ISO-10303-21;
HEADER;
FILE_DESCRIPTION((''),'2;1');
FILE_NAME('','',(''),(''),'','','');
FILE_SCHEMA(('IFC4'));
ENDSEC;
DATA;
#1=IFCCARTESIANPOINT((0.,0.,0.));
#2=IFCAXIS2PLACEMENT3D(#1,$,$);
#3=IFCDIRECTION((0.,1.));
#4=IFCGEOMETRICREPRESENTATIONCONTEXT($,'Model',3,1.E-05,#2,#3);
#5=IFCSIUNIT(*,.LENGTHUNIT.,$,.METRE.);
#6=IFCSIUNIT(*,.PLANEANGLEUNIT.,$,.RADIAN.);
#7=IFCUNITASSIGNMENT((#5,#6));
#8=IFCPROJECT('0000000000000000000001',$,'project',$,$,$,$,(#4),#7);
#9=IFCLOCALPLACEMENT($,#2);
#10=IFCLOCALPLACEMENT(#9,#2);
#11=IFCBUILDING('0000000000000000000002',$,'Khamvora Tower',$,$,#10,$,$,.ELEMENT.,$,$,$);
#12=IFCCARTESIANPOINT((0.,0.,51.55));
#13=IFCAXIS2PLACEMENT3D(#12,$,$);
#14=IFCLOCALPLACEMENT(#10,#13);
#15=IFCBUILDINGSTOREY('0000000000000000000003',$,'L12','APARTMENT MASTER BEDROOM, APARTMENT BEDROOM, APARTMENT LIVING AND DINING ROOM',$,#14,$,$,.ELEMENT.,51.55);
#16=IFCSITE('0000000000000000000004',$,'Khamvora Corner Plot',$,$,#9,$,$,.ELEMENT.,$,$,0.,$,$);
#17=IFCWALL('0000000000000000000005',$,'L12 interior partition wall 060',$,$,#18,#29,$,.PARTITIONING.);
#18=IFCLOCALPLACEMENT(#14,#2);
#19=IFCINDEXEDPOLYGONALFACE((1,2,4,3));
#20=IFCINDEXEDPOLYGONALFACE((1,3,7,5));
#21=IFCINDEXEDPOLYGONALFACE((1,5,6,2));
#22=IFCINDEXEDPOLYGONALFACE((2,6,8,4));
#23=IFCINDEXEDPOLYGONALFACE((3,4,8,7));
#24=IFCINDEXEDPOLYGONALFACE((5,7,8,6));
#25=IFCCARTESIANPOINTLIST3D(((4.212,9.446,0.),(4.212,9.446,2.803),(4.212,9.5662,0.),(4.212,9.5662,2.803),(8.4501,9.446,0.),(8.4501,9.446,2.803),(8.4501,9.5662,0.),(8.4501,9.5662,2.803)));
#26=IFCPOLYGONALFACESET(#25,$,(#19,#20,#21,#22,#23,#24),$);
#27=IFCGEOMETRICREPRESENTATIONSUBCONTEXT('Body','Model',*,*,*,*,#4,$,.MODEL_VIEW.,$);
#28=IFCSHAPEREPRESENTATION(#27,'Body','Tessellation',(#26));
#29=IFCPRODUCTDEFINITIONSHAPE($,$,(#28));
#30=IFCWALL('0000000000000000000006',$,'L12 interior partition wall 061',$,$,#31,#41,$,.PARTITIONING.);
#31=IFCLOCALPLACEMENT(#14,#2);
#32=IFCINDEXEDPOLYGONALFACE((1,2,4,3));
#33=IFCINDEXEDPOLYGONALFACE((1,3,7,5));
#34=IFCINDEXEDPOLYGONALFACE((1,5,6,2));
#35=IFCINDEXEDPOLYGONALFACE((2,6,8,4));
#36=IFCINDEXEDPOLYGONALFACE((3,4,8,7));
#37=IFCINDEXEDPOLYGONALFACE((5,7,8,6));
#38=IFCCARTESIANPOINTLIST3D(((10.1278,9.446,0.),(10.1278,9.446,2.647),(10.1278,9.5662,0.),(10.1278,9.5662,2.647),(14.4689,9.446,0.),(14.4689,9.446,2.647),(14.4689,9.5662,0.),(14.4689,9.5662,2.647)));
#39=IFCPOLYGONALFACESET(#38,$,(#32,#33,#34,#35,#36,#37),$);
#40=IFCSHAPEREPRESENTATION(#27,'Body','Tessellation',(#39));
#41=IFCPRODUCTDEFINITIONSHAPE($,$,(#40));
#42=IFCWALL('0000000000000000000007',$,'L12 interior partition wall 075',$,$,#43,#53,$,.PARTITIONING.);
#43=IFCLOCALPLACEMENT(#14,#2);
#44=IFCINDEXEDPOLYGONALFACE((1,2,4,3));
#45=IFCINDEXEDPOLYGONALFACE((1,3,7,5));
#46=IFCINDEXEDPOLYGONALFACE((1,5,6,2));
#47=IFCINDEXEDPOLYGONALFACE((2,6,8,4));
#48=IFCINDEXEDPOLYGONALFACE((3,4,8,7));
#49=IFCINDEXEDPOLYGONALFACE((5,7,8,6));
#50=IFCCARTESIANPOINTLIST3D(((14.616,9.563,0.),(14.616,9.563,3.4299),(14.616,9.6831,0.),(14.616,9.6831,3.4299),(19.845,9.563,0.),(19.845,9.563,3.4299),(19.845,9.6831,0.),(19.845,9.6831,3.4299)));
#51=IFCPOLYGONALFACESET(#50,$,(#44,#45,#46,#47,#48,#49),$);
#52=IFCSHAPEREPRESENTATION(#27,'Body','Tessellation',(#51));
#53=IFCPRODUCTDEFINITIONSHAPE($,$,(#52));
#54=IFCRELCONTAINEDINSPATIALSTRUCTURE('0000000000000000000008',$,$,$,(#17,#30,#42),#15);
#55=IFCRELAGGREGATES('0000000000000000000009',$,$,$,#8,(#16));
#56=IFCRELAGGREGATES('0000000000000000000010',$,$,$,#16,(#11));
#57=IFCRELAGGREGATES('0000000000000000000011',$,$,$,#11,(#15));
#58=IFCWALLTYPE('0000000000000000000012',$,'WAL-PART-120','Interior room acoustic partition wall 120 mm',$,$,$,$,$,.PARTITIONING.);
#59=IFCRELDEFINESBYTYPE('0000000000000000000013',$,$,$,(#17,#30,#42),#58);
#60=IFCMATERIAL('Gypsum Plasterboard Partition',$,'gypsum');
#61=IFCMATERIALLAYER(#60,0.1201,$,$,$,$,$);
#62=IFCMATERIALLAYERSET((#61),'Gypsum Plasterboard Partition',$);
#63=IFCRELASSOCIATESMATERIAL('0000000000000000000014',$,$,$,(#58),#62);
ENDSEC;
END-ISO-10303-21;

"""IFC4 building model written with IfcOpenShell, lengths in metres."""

from ifc_helpers import new_model, si_unit, direction, frame, frame_2d, origin, place, context, subcontext, project, spatial, rectangle, extrude, material, layer, layer_set, type_object, element, save


model = new_model("IFC4")

# Units and contexts
model_context = context("Model", 3, precision=1e-05, world=origin(), true_north=direction((0.0, 1.0)))
body_context = subcontext(model_context, "Body", "Model", "MODEL_VIEW")
ifc_project = project(units=[si_unit("LENGTHUNIT", "METRE"), si_unit("PLANEANGLEUNIT", "RADIAN")], contexts=[model_context])

# Site, building, storey
site_placement = place(None, origin())
site = spatial("IfcSite", under=ifc_project, at=site_placement, Name="Khamvora Corner Plot", CompositionType="ELEMENT", RefElevation=0.0)
building_placement = place(site_placement, origin())
building = spatial("IfcBuilding", under=site, at=building_placement, Name="Khamvora Tower", CompositionType="ELEMENT")
storey_placement = place(building_placement, frame((0.0, 0.0, 51.55)))
storey = spatial("IfcBuildingStorey", under=building, at=storey_placement, Name="L12", Description="APARTMENT MASTER BEDROOM, APARTMENT BEDROOM, APARTMENT LIVING AND DINING ROOM", CompositionType="ELEMENT", Elevation=51.55)

# Shared definitions
ifc_material_1 = material(Name="Gypsum Plasterboard Partition", Category="gypsum")
ifc_layer_1 = layer(ifc_material_1, 0.1201)
ifc_layer_set_1 = layer_set([ifc_layer_1], Name="Gypsum Plasterboard Partition")
wall_type_1 = type_object("IfcWallType", Name="WAL-PART-120", Description="Interior room acoustic partition wall 120 mm", PredefinedType="PARTITIONING", material=ifc_layer_set_1)

# Walls
wall_1_placement = place(storey_placement, frame((4.2119, 9.5061, 0.0), z_axis=(0.0, 0.0, 1.0), x_axis=(1.0, 0.0, 0.0)))
element("IfcWall", 1, at=wall_1_placement, inside=storey, type_object=wall_type_1, Name="L12 interior partition wall 060", PredefinedType="PARTITIONING", context=body_context, shape_type="SweptSolid", body=[
    extrude(rectangle(XDim=4.238, YDim=0.1201, at=frame_2d((2.1191, 0.0))), origin(), (0.0, 0.0, 1.0), 2.803),
])
wall_2_placement = place(storey_placement, frame((10.1279, 9.5061, 0.0), z_axis=(0.0, 0.0, 1.0), x_axis=(1.0, 0.0, 0.0)))
element("IfcWall", 2, at=wall_2_placement, inside=storey, type_object=wall_type_1, Name="L12 interior partition wall 061", PredefinedType="PARTITIONING", context=body_context, shape_type="SweptSolid", body=[
    extrude(rectangle(XDim=4.3411, YDim=0.1201, at=frame_2d((2.1704, 0.0))), origin(), (0.0, 0.0, 1.0), 2.647),
])
wall_3_placement = place(storey_placement, frame((14.616, 9.623, 0.0), z_axis=(0.0, 0.0, 1.0), x_axis=(1.0, 0.0, 0.0)))
element("IfcWall", 3, at=wall_3_placement, inside=storey, type_object=wall_type_1, Name="L12 interior partition wall 075", PredefinedType="PARTITIONING", context=body_context, shape_type="SweptSolid", body=[
    extrude(rectangle(XDim=5.229, YDim=0.1201, at=frame_2d((2.6145, 0.0))), origin(), (0.0, 0.0, 1.0), 3.4299),
])

save(model, "model.ifc")
